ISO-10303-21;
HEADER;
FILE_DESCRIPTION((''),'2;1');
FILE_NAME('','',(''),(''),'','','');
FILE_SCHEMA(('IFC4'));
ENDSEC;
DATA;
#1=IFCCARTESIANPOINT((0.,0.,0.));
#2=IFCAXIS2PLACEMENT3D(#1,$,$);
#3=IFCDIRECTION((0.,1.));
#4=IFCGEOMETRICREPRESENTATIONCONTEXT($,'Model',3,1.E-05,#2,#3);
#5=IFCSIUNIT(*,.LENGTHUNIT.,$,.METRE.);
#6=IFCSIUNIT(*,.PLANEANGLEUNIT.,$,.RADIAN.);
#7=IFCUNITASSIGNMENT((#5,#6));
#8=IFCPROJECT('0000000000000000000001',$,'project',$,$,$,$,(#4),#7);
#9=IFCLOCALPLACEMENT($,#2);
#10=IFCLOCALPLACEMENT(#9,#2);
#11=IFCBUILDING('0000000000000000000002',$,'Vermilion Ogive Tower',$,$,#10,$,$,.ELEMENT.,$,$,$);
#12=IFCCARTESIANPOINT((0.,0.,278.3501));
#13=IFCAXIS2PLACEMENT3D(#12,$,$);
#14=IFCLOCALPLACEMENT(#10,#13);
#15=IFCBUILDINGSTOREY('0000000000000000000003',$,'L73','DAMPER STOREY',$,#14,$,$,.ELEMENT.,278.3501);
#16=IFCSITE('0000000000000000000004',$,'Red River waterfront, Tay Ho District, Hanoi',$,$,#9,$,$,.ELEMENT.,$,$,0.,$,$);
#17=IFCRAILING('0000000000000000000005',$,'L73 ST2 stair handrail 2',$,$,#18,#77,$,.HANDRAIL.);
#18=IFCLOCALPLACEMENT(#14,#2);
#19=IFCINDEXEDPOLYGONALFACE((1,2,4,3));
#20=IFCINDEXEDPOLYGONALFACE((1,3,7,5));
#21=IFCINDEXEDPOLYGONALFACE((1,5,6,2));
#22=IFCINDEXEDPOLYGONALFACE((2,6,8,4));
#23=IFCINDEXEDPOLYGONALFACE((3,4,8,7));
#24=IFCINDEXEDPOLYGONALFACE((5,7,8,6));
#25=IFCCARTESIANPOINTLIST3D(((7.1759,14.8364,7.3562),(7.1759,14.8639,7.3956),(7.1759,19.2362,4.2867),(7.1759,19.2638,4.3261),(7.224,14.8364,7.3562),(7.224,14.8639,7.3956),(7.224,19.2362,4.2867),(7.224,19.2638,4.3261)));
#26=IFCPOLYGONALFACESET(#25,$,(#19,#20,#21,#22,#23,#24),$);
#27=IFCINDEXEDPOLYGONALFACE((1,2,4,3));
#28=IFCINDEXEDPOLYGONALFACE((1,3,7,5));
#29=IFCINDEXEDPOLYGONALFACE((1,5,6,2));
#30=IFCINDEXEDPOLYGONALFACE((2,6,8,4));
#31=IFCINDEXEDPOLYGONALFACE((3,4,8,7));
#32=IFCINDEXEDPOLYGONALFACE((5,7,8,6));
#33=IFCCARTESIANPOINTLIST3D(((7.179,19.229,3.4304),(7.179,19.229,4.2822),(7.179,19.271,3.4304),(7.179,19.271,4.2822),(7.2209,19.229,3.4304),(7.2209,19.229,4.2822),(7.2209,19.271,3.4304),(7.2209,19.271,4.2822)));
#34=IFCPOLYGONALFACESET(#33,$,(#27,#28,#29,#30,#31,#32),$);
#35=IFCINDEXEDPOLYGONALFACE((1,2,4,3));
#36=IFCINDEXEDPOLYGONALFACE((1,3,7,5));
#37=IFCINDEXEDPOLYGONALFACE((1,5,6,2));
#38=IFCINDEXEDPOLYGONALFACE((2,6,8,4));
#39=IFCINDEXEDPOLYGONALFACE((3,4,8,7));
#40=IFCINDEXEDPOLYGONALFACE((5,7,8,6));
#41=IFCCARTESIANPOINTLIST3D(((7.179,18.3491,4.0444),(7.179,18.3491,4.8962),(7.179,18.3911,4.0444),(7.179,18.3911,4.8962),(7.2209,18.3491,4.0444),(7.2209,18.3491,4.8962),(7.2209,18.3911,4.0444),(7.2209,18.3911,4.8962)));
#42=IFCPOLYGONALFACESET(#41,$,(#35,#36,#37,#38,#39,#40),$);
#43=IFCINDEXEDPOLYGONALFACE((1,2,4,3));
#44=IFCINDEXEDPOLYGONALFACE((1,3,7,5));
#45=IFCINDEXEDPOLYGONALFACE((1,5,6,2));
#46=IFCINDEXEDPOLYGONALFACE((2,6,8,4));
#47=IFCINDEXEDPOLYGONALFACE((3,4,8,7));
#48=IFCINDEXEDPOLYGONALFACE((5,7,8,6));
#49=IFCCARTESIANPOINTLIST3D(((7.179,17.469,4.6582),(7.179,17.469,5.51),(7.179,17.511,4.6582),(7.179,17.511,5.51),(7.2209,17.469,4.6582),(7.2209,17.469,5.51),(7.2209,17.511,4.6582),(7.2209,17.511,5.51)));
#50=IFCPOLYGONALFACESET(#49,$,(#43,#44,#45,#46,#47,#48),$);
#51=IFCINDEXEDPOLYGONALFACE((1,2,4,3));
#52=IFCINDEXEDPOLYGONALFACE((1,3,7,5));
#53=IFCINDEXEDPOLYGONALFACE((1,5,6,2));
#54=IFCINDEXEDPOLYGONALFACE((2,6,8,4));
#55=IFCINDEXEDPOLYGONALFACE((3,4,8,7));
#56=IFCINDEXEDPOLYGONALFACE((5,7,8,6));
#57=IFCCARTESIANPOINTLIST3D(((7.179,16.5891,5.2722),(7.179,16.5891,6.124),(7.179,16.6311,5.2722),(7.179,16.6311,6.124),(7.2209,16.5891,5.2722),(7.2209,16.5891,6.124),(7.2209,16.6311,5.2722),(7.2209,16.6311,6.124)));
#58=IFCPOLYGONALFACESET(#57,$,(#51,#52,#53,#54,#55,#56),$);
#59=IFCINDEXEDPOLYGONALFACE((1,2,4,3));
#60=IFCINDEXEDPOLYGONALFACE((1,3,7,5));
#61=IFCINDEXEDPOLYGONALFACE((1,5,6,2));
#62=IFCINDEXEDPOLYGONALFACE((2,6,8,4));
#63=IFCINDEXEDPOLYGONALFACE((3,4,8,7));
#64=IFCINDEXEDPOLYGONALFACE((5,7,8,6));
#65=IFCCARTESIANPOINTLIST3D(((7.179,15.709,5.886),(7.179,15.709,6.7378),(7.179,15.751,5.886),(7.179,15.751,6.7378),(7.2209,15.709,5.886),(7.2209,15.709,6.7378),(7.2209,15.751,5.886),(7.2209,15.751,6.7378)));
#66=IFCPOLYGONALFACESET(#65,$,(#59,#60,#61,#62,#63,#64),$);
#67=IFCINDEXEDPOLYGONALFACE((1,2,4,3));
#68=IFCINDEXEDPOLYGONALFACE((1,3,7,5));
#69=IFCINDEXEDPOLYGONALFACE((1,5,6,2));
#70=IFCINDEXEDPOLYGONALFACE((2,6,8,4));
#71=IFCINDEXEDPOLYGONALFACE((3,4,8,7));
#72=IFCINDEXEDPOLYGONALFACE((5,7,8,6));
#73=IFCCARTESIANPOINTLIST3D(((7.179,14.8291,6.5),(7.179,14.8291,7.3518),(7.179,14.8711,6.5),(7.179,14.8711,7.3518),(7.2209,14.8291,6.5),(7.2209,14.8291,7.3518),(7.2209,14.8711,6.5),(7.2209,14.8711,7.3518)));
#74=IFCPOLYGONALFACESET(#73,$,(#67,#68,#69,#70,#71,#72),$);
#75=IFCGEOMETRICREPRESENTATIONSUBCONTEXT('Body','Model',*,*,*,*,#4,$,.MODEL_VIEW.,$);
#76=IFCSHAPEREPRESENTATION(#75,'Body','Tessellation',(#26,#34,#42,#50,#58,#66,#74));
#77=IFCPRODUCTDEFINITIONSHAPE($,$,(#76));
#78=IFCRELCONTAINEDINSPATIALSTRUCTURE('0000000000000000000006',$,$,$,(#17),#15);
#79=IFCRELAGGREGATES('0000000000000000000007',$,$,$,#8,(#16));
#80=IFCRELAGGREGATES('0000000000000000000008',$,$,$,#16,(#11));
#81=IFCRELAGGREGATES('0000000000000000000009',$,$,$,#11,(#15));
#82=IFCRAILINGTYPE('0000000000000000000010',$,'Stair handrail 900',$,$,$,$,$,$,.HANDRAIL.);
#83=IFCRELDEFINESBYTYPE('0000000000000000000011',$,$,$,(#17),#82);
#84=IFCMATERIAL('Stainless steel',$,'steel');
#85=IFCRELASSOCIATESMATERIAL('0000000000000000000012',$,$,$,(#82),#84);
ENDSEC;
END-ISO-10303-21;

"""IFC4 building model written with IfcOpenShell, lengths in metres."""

from ifc_helpers import new_model, si_unit, direction, frame, origin, origin_2d, place, context, subcontext, project, spatial, rectangle, extrude, material, type_object, element, save


model = new_model("IFC4")

# Units and contexts
model_context = context("Model", 3, precision=1e-05, world=origin(), true_north=direction((0.0, 1.0)))
body_context = subcontext(model_context, "Body", "Model", "MODEL_VIEW")
ifc_project = project(units=[si_unit("LENGTHUNIT", "METRE"), si_unit("PLANEANGLEUNIT", "RADIAN")], contexts=[model_context])

# Site, building, storey
site_placement = place(None, origin())
site = spatial("IfcSite", under=ifc_project, at=site_placement, Name="Red River waterfront, Tay Ho District, Hanoi", CompositionType="ELEMENT", RefElevation=0.0)
building_placement = place(site_placement, origin())
building = spatial("IfcBuilding", under=site, at=building_placement, Name="Vermilion Ogive Tower", CompositionType="ELEMENT")
storey_placement = place(building_placement, frame((0.0, 0.0, 278.3501)))
storey = spatial("IfcBuildingStorey", under=building, at=storey_placement, Name="L73", Description="DAMPER STOREY", CompositionType="ELEMENT", Elevation=278.3501)

# Railing
ifc_material_1 = material(Name="Stainless steel", Category="steel")
railing_type_1 = type_object("IfcRailingType", Name="Stair handrail 900", PredefinedType="HANDRAIL", material=ifc_material_1)
railing_1_placement = place(storey_placement, frame((7.2, 19.25, 3.4304)))
element("IfcRailing", 1, at=railing_1_placement, inside=storey, type_object=railing_type_1, Name="L73 ST2 stair handrail 2", PredefinedType="HANDRAIL", context=body_context, shape_type="SweptSolid", body=[
    extrude(rectangle(XDim=0.0481, YDim=0.0481, at=origin_2d()), frame((0.0, 0.0, 0.876), z_axis=(0.0, -0.820137, 0.572167), x_axis=(1.0, 0.0, 0.0)), (0.0, 0.0, 1.0), 5.3647),
    extrude(rectangle(XDim=0.042, YDim=0.042, at=origin_2d()), origin(), (0.0, 0.0, 1.0), 0.8518),
    extrude(rectangle(XDim=0.042, YDim=0.042, at=origin_2d()), frame((0.0, -0.8799, 0.614)), (0.0, 0.0, 1.0), 0.8518),
    extrude(rectangle(XDim=0.042, YDim=0.042, at=origin_2d()), frame((0.0, -1.76, 1.2278)), (0.0, 0.0, 1.0), 0.8518),
    extrude(rectangle(XDim=0.042, YDim=0.042, at=origin_2d()), frame((0.0, -2.6399, 1.8418)), (0.0, 0.0, 1.0), 0.8518),
    extrude(rectangle(XDim=0.042, YDim=0.042, at=origin_2d()), frame((0.0, -3.52, 2.4556)), (0.0, 0.0, 1.0), 0.8518),
    extrude(rectangle(XDim=0.042, YDim=0.042, at=origin_2d()), frame((0.0, -4.3999, 3.0696)), (0.0, 0.0, 1.0), 0.8518),
])

save(model, "model.ifc")
